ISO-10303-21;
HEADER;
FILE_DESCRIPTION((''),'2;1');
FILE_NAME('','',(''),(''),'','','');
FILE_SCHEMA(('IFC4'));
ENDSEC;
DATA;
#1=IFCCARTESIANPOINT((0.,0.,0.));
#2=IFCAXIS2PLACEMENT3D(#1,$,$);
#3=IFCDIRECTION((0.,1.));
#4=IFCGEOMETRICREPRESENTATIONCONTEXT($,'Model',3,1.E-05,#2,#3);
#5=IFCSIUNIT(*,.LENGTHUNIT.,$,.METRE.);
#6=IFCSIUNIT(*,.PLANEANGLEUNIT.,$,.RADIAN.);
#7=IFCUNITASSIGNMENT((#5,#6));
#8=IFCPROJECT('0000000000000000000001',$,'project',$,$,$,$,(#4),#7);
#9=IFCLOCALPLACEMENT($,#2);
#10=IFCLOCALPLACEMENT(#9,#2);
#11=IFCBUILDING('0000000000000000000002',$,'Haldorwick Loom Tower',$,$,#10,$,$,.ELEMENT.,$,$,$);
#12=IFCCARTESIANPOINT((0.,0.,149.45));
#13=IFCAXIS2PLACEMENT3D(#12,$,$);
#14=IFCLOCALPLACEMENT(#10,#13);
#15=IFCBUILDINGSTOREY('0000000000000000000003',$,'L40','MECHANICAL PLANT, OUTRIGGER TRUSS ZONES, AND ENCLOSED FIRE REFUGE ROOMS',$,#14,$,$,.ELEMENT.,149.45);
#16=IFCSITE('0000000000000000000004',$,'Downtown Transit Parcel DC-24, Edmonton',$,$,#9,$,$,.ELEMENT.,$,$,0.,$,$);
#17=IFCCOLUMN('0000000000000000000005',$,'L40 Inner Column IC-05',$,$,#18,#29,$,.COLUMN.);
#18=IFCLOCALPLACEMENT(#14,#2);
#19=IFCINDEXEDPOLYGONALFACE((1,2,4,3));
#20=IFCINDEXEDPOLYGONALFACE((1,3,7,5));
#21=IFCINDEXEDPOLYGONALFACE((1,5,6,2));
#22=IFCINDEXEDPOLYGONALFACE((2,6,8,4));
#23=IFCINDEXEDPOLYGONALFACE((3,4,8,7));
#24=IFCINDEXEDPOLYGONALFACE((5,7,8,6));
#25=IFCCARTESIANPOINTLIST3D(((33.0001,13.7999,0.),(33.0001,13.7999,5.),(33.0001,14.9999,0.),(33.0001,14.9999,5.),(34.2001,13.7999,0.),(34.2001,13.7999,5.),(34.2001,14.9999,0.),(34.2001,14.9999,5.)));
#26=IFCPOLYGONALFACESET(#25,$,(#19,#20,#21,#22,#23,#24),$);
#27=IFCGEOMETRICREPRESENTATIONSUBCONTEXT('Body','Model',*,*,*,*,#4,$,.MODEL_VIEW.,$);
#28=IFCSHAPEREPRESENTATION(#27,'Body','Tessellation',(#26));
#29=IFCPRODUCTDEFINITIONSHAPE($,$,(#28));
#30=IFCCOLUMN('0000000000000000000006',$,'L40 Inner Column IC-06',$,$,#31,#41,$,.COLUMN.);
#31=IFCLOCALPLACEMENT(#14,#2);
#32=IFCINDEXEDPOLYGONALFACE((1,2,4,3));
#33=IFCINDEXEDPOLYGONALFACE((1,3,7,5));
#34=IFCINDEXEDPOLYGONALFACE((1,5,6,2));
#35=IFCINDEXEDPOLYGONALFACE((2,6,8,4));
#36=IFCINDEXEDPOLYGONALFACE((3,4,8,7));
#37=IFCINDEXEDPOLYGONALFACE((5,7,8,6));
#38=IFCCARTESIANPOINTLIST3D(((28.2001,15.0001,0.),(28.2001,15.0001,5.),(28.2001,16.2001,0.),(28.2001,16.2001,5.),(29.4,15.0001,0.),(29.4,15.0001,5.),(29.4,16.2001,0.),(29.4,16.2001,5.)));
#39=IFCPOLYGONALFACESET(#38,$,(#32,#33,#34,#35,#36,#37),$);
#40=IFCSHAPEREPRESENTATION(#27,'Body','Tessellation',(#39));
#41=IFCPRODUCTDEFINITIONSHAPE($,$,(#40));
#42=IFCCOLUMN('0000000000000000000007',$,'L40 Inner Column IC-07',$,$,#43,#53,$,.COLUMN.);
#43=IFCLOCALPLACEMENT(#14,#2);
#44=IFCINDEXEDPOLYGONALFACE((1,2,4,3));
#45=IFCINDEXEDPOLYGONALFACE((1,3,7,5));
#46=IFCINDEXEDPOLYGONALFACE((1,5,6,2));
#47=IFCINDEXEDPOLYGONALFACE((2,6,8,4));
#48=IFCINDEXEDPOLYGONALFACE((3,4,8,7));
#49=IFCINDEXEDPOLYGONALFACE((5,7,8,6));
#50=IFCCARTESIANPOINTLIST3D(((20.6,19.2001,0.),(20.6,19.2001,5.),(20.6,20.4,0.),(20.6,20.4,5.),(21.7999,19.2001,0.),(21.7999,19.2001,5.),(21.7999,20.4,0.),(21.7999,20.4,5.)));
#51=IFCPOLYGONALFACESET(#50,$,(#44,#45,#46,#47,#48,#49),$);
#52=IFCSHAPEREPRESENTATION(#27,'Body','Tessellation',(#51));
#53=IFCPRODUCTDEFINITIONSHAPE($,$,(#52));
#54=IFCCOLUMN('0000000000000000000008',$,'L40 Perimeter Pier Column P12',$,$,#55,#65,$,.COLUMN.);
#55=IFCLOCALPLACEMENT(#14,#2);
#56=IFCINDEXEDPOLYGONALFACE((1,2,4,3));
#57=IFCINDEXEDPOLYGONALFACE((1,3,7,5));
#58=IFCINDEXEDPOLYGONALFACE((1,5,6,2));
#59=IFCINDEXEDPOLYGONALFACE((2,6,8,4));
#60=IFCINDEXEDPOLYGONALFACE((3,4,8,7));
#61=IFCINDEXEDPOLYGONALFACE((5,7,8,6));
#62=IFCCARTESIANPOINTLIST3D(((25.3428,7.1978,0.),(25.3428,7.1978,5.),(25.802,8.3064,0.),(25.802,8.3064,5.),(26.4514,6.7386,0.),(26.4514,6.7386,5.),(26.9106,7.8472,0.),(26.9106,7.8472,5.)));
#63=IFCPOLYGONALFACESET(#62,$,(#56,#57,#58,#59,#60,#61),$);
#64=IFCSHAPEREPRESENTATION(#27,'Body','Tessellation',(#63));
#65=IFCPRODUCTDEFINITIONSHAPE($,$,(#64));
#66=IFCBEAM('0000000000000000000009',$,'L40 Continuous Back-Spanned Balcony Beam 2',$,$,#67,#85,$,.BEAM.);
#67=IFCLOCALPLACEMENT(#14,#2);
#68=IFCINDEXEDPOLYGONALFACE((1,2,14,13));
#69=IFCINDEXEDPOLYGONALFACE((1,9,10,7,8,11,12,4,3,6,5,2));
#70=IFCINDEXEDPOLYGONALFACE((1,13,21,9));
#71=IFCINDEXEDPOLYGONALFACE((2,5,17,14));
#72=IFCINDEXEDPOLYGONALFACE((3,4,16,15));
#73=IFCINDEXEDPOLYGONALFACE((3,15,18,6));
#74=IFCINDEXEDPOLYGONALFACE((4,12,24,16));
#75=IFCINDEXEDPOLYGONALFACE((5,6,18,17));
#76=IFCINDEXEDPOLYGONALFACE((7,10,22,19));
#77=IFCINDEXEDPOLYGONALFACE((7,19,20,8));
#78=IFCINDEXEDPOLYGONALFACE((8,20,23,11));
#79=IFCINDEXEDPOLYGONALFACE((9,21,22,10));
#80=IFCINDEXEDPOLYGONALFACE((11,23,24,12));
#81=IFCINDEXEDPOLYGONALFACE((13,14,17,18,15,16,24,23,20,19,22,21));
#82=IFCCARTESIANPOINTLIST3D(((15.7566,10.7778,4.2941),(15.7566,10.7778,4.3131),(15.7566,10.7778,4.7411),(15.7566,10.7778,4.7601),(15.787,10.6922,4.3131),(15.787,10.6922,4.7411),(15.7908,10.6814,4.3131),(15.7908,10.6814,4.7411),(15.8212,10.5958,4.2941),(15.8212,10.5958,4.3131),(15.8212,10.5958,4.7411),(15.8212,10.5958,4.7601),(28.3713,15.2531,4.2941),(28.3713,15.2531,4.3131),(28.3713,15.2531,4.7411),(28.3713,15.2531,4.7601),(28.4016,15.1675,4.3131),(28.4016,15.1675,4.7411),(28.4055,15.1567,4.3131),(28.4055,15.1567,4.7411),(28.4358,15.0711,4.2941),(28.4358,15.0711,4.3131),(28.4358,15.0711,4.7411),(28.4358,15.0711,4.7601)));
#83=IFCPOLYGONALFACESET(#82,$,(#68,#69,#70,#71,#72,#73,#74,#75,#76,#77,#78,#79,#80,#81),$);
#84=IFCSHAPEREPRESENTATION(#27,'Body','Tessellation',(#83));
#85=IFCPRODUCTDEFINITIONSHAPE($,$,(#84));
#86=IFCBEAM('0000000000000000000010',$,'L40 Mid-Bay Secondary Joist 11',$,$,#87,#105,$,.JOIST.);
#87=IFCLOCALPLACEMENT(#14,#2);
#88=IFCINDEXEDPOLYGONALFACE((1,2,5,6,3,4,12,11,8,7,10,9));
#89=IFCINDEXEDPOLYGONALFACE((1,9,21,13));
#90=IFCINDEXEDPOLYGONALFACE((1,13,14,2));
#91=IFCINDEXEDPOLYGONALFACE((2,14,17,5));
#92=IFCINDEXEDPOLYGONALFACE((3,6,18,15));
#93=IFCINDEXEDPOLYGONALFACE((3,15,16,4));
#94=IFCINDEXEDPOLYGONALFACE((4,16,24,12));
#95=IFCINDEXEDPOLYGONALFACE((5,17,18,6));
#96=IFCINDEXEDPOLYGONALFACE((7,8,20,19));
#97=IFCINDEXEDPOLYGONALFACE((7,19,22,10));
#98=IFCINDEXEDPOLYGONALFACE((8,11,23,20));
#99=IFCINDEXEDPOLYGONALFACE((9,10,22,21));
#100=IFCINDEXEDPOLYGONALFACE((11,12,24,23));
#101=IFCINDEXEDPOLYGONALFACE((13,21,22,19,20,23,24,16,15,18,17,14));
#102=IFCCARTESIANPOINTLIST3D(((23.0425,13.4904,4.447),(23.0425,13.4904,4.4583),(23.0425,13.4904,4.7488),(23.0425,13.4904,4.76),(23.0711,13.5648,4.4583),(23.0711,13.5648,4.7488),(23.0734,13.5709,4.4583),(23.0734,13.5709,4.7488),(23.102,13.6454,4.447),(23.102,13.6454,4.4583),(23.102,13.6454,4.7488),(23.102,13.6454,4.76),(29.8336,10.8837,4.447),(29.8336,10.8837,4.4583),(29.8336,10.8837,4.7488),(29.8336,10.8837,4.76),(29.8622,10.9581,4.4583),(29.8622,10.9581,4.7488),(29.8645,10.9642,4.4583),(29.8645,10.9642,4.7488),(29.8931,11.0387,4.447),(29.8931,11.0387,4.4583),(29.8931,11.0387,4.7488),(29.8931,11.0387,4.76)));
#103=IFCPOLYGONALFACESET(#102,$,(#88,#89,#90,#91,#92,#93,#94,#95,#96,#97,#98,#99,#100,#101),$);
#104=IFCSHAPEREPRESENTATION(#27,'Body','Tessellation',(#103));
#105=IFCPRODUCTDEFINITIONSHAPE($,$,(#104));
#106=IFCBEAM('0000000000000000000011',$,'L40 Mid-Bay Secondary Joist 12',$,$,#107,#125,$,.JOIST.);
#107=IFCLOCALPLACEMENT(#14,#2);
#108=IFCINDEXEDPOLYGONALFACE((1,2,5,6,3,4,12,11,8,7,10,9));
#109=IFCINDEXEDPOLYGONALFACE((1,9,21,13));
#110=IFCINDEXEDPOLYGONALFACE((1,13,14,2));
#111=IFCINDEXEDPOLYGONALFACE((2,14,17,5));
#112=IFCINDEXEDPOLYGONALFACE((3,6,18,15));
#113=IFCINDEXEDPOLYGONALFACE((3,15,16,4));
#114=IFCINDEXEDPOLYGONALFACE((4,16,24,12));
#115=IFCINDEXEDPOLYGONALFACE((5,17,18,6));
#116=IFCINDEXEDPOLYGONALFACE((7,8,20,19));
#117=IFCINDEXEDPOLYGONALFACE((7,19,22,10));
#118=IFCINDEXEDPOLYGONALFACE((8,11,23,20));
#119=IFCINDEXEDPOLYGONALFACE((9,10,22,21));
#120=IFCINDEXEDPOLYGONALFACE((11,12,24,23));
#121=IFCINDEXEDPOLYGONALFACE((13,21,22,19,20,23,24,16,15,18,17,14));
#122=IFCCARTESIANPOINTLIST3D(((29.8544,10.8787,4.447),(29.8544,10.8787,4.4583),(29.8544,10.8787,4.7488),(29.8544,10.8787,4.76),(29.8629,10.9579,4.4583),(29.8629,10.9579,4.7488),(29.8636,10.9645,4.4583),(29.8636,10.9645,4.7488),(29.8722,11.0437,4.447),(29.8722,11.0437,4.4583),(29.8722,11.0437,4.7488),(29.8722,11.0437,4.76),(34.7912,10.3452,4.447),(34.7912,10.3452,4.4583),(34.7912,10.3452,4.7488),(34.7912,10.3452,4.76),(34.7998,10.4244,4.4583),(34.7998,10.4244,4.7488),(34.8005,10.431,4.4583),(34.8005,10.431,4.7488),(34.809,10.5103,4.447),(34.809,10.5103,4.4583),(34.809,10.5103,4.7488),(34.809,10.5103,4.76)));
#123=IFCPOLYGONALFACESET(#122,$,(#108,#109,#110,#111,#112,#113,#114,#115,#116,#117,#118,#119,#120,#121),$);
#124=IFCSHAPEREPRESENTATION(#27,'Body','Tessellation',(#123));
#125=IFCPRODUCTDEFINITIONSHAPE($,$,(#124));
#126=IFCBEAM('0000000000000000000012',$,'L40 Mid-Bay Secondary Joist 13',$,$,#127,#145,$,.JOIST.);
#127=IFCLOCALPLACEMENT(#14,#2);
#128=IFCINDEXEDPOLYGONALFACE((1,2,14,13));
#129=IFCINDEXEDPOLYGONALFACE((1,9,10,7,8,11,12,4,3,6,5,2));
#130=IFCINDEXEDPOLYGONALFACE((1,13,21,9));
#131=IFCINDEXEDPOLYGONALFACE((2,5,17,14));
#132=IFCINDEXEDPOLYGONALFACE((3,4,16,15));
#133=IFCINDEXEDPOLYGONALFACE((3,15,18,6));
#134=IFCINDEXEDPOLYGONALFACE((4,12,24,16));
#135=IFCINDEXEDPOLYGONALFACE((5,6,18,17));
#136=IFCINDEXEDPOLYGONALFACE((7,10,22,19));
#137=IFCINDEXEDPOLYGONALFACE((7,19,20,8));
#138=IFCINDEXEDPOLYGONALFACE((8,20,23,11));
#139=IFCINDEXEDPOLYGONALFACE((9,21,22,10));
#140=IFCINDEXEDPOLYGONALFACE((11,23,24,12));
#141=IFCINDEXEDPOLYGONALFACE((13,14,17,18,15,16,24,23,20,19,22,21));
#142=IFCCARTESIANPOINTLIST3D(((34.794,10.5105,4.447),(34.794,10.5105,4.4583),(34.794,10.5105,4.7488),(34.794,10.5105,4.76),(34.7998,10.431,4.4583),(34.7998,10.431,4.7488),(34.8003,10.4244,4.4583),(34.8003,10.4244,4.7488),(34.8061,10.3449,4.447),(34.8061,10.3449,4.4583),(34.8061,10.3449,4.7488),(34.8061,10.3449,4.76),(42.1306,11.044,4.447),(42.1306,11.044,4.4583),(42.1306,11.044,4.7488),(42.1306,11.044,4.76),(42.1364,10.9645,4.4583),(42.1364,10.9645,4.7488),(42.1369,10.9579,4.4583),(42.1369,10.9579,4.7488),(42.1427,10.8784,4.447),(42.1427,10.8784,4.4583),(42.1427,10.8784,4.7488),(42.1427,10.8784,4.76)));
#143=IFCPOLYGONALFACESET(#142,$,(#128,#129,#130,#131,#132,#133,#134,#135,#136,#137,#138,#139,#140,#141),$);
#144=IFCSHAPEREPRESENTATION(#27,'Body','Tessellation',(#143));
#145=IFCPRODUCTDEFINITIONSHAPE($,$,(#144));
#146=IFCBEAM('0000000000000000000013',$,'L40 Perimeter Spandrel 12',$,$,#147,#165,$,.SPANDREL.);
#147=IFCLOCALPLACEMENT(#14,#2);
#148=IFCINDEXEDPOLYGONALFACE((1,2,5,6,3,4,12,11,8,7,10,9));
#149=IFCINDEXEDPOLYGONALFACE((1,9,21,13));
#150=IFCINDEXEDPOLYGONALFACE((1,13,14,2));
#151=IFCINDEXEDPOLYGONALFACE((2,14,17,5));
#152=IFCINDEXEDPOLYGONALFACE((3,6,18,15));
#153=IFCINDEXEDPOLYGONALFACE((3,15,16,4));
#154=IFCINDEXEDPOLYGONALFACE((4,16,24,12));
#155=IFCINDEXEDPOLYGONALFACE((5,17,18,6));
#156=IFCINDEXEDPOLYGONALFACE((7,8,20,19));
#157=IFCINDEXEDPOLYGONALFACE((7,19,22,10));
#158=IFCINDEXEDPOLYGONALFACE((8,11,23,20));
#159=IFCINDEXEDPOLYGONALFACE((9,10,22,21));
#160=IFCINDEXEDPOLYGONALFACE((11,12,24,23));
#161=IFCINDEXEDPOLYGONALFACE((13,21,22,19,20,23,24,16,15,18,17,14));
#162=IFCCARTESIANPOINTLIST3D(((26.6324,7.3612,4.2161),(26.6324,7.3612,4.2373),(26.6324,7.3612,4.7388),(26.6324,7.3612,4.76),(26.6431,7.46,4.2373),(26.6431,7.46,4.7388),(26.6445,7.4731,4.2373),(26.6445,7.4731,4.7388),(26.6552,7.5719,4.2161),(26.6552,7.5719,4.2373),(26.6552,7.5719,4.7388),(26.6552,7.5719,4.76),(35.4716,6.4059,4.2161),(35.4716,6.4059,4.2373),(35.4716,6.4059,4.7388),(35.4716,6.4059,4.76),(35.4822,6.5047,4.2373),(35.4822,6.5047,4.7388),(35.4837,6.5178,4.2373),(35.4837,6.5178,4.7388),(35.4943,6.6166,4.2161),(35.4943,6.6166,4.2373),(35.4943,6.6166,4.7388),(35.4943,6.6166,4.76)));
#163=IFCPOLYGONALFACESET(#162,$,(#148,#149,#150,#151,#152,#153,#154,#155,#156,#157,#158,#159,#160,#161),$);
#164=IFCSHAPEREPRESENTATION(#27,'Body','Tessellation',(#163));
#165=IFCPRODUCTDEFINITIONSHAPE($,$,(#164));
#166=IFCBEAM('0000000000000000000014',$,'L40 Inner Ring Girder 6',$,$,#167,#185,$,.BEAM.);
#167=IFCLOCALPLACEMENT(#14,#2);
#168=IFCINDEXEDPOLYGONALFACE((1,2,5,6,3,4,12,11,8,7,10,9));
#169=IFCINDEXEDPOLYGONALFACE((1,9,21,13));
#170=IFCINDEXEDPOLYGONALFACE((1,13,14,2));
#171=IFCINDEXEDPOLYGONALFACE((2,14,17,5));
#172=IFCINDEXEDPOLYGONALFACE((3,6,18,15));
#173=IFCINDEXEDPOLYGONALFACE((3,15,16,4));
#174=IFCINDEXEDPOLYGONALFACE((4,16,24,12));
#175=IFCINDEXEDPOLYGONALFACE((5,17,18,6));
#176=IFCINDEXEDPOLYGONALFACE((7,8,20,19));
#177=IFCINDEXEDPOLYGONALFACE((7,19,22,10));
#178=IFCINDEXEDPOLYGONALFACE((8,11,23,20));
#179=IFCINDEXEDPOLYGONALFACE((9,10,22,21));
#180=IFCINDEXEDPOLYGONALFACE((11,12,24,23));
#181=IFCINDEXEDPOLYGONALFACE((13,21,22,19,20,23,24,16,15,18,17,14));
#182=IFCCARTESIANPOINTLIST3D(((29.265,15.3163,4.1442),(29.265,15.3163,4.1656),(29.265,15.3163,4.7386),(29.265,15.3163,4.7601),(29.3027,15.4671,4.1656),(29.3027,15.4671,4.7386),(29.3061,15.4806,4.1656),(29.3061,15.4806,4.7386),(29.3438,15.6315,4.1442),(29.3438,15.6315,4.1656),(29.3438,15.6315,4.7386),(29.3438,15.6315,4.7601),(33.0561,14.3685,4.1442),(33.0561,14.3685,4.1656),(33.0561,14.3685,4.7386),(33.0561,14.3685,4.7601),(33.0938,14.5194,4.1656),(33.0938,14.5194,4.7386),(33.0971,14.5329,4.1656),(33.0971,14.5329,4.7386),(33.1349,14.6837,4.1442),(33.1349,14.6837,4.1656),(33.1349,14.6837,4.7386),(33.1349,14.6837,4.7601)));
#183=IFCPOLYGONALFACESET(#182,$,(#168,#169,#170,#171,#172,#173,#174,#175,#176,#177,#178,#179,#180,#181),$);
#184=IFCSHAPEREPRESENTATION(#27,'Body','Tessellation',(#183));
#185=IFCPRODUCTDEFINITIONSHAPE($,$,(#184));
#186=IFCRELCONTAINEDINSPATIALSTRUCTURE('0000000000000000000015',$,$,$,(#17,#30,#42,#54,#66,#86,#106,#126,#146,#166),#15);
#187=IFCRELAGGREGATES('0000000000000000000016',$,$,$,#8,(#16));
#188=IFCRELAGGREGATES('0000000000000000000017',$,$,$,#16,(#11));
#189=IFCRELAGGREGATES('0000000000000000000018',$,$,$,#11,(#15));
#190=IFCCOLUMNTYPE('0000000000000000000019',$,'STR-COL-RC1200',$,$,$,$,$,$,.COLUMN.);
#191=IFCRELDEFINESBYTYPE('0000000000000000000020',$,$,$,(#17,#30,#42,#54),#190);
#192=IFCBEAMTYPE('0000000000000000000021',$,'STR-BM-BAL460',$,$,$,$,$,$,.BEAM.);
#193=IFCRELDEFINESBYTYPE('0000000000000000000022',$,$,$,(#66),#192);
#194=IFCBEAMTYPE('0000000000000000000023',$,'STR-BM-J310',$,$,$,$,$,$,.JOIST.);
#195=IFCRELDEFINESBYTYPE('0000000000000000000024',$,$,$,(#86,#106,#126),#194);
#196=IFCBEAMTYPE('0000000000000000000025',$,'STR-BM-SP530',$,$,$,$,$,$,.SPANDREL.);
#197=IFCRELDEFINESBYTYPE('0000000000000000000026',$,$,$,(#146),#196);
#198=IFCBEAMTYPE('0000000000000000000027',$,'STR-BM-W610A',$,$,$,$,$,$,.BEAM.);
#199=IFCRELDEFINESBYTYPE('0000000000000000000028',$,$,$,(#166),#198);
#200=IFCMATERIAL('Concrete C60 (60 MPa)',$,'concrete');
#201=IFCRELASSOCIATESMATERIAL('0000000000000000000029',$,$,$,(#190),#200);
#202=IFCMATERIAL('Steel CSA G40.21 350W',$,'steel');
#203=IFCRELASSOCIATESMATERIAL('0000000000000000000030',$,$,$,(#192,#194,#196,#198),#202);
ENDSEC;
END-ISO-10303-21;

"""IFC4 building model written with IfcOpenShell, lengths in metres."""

from ifc_helpers import new_model, si_unit, direction, frame, origin, origin_2d, place, context, subcontext, project, spatial, rectangle, i_section, extrude, material, material_profile, profile_set, type_object, element, save


model = new_model("IFC4")

# Units and contexts
model_context = context("Model", 3, precision=1e-05, world=origin(), true_north=direction((0.0, 1.0)))
body_context = subcontext(model_context, "Body", "Model", "MODEL_VIEW")
ifc_project = project(units=[si_unit("LENGTHUNIT", "METRE"), si_unit("PLANEANGLEUNIT", "RADIAN")], contexts=[model_context])

# Site, building, storey
site_placement = place(None, origin())
site = spatial("IfcSite", under=ifc_project, at=site_placement, Name="Downtown Transit Parcel DC-24, Edmonton", CompositionType="ELEMENT", RefElevation=0.0)
building_placement = place(site_placement, origin())
building = spatial("IfcBuilding", under=site, at=building_placement, Name="Haldorwick Loom Tower", CompositionType="ELEMENT")
storey_placement = place(building_placement, frame((0.0, 0.0, 149.45)))
storey = spatial("IfcBuildingStorey", under=building, at=storey_placement, Name="L40", Description="MECHANICAL PLANT, OUTRIGGER TRUSS ZONES, AND ENCLOSED FIRE REFUGE ROOMS", CompositionType="ELEMENT", Elevation=149.45)

# Columns
ifc_material_1 = material(Name="Concrete C60 (60 MPa)", Category="concrete")
ifc_material_profile_1 = material_profile(ifc_material_1, rectangle(XDim=1.2, YDim=1.2, at=origin_2d()), Name="RC1200X1200", Category="concrete")
ifc_profile_set_1 = profile_set([ifc_material_profile_1], Name="Concrete C60 (60 MPa)")
column_type = type_object("IfcColumnType", Name="STR-COL-RC1200", PredefinedType="COLUMN", material=ifc_profile_set_1)
for number, where, z_axis, x_axis, name in (
    (1, (33.6001, 14.3999, 0.0), (0.0, 0.0, 1.0), (1.0, 0.0, 0.0), "L40 Inner Column IC-05"),
    (2, (28.8, 15.6001, 0.0), (0.0, 0.0, 1.0), (1.0, 0.0, 0.0), "L40 Inner Column IC-06"),
    (3, (21.2, 19.8, 0.0), (0.0, 0.0, 1.0), (1.0, 0.0, 0.0), "L40 Inner Column IC-07"),
    (4, (26.1267, 7.5225, 0.0), (0.0, 0.0, 1.0), (-0.382683, -0.92388, 0.0), "L40 Perimeter Pier Column P12"),
):
    element("IfcColumn", number, at=place(storey_placement, frame(where, z_axis=z_axis, x_axis=x_axis)), inside=storey, type_object=column_type, Name=name, PredefinedType="COLUMN", context=body_context, shape_type="SweptSolid", body=[
        extrude(rectangle(XDim=1.2, YDim=1.2, at=origin_2d()), origin(), (0.0, 0.0, 1.0), 5.0),
    ])

# Beams
ifc_material_2 = material(Name="Steel CSA G40.21 350W", Category="steel")
ifc_material_profile_2 = material_profile(ifc_material_2, i_section(OverallWidth=0.1931, OverallDepth=0.4661, WebThickness=0.0115, FlangeThickness=0.019, at=origin_2d()), Name="W460X97", Category="steel")
ifc_profile_set_2 = profile_set([ifc_material_profile_2], Name="Steel CSA G40.21 350W")
beam_type_1 = type_object("IfcBeamType", Name="STR-BM-BAL460", PredefinedType="BEAM", material=ifc_profile_set_2)
beam_1_placement = place(storey_placement, frame((28.4036, 15.1621, 4.5271), z_axis=(-0.942448, -0.334353, 0.0), x_axis=(0.334353, -0.942448, 0.0)))
element("IfcBeam", 5, at=beam_1_placement, inside=storey, type_object=beam_type_1, Name="L40 Continuous Back-Spanned Balcony Beam 2", PredefinedType="BEAM", context=body_context, shape_type="SweptSolid", body=[
    extrude(i_section(OverallWidth=0.1931, OverallDepth=0.4661, WebThickness=0.0115, FlangeThickness=0.019, at=origin_2d()), origin(), (0.0, 0.0, 1.0), 13.385),
])
ifc_material_profile_3 = material_profile(ifc_material_2, i_section(OverallWidth=0.166, OverallDepth=0.313, WebThickness=0.0066, FlangeThickness=0.0112, at=origin_2d()), Name="W310X45", Category="steel")
ifc_profile_set_3 = profile_set([ifc_material_profile_3], Name="Steel CSA G40.21 350W")
beam_type_2 = type_object("IfcBeamType", Name="STR-BM-J310", PredefinedType="JOIST", material=ifc_profile_set_3)
beam_2_placement = place(storey_placement, frame((23.0723, 13.5679, 4.6035), z_axis=(0.933587, -0.358352, 0.0), x_axis=(0.358352, 0.933587, 0.0)))
element("IfcBeam", 6, at=beam_2_placement, inside=storey, type_object=beam_type_2, Name="L40 Mid-Bay Secondary Joist 11", PredefinedType="JOIST", context=body_context, shape_type="SweptSolid", body=[
    extrude(i_section(OverallWidth=0.166, OverallDepth=0.313, WebThickness=0.0066, FlangeThickness=0.0112, at=origin_2d()), origin(), (0.0, 0.0, 1.0), 7.2742),
])
beam_3_placement = place(storey_placement, frame((29.8633, 10.9612, 4.6035), z_axis=(0.994213, -0.107431, 0.0), x_axis=(0.107431, 0.994213, 0.0)))
element("IfcBeam", 7, at=beam_3_placement, inside=storey, type_object=beam_type_2, Name="L40 Mid-Bay Secondary Joist 12", PredefinedType="JOIST", context=body_context, shape_type="SweptSolid", body=[
    extrude(i_section(OverallWidth=0.166, OverallDepth=0.313, WebThickness=0.0066, FlangeThickness=0.0112, at=origin_2d()), origin(), (0.0, 0.0, 1.0), 4.9656),
])
beam_4_placement = place(storey_placement, frame((34.8, 10.4277, 4.6035), z_axis=(0.997367, 0.072518, 0.0), x_axis=(-0.072518, 0.997367, 0.0)))
element("IfcBeam", 8, at=beam_4_placement, inside=storey, type_object=beam_type_2, Name="L40 Mid-Bay Secondary Joist 13", PredefinedType="JOIST", context=body_context, shape_type="SweptSolid", body=[
    extrude(i_section(OverallWidth=0.166, OverallDepth=0.313, WebThickness=0.0066, FlangeThickness=0.0112, at=origin_2d()), origin(), (0.0, 0.0, 1.0), 7.356),
])
ifc_material_profile_4 = material_profile(ifc_material_2, i_section(OverallWidth=0.2119, OverallDepth=0.5439, WebThickness=0.0132, FlangeThickness=0.0212, at=origin_2d()), Name="W530X123", Category="steel")
ifc_profile_set_4 = profile_set([ifc_material_profile_4], Name="Steel CSA G40.21 350W")
beam_type_3 = type_object("IfcBeamType", Name="STR-BM-SP530", PredefinedType="SPANDREL", material=ifc_profile_set_4)
beam_5_placement = place(storey_placement, frame((26.6438, 7.4666, 4.488), z_axis=(0.99421, -0.107453, 0.0), x_axis=(0.107453, 0.99421, 0.0)))
element("IfcBeam", 9, at=beam_5_placement, inside=storey, type_object=beam_type_3, Name="L40 Perimeter Spandrel 12", PredefinedType="SPANDREL", context=body_context, shape_type="SweptSolid", body=[
    extrude(i_section(OverallWidth=0.2119, OverallDepth=0.5439, WebThickness=0.0132, FlangeThickness=0.0212, at=origin_2d()), origin(), (0.0, 0.0, 1.0), 8.8906),
])
ifc_material_profile_5 = material_profile(ifc_material_2, i_section(OverallWidth=0.325, OverallDepth=0.616, WebThickness=0.0139, FlangeThickness=0.0215, at=origin_2d()), Name="W610X174", Category="steel")
ifc_profile_set_5 = profile_set([ifc_material_profile_5], Name="Steel CSA G40.21 350W")
beam_type_4 = type_object("IfcBeamType", Name="STR-BM-W610A", PredefinedType="BEAM", material=ifc_profile_set_5)
beam_6_placement = place(storey_placement, frame((33.0955, 14.5261, 4.4521), z_axis=(-0.970143, 0.242536, 0.0), x_axis=(-0.242536, -0.970143, 0.0)))
element("IfcBeam", 10, at=beam_6_placement, inside=storey, type_object=beam_type_4, Name="L40 Inner Ring Girder 6", PredefinedType="BEAM", context=body_context, shape_type="SweptSolid", body=[
    extrude(i_section(OverallWidth=0.325, OverallDepth=0.616, WebThickness=0.0139, FlangeThickness=0.0215, at=origin_2d()), origin(), (0.0, 0.0, 1.0), 3.9077),
])

save(model, "model.ifc")
